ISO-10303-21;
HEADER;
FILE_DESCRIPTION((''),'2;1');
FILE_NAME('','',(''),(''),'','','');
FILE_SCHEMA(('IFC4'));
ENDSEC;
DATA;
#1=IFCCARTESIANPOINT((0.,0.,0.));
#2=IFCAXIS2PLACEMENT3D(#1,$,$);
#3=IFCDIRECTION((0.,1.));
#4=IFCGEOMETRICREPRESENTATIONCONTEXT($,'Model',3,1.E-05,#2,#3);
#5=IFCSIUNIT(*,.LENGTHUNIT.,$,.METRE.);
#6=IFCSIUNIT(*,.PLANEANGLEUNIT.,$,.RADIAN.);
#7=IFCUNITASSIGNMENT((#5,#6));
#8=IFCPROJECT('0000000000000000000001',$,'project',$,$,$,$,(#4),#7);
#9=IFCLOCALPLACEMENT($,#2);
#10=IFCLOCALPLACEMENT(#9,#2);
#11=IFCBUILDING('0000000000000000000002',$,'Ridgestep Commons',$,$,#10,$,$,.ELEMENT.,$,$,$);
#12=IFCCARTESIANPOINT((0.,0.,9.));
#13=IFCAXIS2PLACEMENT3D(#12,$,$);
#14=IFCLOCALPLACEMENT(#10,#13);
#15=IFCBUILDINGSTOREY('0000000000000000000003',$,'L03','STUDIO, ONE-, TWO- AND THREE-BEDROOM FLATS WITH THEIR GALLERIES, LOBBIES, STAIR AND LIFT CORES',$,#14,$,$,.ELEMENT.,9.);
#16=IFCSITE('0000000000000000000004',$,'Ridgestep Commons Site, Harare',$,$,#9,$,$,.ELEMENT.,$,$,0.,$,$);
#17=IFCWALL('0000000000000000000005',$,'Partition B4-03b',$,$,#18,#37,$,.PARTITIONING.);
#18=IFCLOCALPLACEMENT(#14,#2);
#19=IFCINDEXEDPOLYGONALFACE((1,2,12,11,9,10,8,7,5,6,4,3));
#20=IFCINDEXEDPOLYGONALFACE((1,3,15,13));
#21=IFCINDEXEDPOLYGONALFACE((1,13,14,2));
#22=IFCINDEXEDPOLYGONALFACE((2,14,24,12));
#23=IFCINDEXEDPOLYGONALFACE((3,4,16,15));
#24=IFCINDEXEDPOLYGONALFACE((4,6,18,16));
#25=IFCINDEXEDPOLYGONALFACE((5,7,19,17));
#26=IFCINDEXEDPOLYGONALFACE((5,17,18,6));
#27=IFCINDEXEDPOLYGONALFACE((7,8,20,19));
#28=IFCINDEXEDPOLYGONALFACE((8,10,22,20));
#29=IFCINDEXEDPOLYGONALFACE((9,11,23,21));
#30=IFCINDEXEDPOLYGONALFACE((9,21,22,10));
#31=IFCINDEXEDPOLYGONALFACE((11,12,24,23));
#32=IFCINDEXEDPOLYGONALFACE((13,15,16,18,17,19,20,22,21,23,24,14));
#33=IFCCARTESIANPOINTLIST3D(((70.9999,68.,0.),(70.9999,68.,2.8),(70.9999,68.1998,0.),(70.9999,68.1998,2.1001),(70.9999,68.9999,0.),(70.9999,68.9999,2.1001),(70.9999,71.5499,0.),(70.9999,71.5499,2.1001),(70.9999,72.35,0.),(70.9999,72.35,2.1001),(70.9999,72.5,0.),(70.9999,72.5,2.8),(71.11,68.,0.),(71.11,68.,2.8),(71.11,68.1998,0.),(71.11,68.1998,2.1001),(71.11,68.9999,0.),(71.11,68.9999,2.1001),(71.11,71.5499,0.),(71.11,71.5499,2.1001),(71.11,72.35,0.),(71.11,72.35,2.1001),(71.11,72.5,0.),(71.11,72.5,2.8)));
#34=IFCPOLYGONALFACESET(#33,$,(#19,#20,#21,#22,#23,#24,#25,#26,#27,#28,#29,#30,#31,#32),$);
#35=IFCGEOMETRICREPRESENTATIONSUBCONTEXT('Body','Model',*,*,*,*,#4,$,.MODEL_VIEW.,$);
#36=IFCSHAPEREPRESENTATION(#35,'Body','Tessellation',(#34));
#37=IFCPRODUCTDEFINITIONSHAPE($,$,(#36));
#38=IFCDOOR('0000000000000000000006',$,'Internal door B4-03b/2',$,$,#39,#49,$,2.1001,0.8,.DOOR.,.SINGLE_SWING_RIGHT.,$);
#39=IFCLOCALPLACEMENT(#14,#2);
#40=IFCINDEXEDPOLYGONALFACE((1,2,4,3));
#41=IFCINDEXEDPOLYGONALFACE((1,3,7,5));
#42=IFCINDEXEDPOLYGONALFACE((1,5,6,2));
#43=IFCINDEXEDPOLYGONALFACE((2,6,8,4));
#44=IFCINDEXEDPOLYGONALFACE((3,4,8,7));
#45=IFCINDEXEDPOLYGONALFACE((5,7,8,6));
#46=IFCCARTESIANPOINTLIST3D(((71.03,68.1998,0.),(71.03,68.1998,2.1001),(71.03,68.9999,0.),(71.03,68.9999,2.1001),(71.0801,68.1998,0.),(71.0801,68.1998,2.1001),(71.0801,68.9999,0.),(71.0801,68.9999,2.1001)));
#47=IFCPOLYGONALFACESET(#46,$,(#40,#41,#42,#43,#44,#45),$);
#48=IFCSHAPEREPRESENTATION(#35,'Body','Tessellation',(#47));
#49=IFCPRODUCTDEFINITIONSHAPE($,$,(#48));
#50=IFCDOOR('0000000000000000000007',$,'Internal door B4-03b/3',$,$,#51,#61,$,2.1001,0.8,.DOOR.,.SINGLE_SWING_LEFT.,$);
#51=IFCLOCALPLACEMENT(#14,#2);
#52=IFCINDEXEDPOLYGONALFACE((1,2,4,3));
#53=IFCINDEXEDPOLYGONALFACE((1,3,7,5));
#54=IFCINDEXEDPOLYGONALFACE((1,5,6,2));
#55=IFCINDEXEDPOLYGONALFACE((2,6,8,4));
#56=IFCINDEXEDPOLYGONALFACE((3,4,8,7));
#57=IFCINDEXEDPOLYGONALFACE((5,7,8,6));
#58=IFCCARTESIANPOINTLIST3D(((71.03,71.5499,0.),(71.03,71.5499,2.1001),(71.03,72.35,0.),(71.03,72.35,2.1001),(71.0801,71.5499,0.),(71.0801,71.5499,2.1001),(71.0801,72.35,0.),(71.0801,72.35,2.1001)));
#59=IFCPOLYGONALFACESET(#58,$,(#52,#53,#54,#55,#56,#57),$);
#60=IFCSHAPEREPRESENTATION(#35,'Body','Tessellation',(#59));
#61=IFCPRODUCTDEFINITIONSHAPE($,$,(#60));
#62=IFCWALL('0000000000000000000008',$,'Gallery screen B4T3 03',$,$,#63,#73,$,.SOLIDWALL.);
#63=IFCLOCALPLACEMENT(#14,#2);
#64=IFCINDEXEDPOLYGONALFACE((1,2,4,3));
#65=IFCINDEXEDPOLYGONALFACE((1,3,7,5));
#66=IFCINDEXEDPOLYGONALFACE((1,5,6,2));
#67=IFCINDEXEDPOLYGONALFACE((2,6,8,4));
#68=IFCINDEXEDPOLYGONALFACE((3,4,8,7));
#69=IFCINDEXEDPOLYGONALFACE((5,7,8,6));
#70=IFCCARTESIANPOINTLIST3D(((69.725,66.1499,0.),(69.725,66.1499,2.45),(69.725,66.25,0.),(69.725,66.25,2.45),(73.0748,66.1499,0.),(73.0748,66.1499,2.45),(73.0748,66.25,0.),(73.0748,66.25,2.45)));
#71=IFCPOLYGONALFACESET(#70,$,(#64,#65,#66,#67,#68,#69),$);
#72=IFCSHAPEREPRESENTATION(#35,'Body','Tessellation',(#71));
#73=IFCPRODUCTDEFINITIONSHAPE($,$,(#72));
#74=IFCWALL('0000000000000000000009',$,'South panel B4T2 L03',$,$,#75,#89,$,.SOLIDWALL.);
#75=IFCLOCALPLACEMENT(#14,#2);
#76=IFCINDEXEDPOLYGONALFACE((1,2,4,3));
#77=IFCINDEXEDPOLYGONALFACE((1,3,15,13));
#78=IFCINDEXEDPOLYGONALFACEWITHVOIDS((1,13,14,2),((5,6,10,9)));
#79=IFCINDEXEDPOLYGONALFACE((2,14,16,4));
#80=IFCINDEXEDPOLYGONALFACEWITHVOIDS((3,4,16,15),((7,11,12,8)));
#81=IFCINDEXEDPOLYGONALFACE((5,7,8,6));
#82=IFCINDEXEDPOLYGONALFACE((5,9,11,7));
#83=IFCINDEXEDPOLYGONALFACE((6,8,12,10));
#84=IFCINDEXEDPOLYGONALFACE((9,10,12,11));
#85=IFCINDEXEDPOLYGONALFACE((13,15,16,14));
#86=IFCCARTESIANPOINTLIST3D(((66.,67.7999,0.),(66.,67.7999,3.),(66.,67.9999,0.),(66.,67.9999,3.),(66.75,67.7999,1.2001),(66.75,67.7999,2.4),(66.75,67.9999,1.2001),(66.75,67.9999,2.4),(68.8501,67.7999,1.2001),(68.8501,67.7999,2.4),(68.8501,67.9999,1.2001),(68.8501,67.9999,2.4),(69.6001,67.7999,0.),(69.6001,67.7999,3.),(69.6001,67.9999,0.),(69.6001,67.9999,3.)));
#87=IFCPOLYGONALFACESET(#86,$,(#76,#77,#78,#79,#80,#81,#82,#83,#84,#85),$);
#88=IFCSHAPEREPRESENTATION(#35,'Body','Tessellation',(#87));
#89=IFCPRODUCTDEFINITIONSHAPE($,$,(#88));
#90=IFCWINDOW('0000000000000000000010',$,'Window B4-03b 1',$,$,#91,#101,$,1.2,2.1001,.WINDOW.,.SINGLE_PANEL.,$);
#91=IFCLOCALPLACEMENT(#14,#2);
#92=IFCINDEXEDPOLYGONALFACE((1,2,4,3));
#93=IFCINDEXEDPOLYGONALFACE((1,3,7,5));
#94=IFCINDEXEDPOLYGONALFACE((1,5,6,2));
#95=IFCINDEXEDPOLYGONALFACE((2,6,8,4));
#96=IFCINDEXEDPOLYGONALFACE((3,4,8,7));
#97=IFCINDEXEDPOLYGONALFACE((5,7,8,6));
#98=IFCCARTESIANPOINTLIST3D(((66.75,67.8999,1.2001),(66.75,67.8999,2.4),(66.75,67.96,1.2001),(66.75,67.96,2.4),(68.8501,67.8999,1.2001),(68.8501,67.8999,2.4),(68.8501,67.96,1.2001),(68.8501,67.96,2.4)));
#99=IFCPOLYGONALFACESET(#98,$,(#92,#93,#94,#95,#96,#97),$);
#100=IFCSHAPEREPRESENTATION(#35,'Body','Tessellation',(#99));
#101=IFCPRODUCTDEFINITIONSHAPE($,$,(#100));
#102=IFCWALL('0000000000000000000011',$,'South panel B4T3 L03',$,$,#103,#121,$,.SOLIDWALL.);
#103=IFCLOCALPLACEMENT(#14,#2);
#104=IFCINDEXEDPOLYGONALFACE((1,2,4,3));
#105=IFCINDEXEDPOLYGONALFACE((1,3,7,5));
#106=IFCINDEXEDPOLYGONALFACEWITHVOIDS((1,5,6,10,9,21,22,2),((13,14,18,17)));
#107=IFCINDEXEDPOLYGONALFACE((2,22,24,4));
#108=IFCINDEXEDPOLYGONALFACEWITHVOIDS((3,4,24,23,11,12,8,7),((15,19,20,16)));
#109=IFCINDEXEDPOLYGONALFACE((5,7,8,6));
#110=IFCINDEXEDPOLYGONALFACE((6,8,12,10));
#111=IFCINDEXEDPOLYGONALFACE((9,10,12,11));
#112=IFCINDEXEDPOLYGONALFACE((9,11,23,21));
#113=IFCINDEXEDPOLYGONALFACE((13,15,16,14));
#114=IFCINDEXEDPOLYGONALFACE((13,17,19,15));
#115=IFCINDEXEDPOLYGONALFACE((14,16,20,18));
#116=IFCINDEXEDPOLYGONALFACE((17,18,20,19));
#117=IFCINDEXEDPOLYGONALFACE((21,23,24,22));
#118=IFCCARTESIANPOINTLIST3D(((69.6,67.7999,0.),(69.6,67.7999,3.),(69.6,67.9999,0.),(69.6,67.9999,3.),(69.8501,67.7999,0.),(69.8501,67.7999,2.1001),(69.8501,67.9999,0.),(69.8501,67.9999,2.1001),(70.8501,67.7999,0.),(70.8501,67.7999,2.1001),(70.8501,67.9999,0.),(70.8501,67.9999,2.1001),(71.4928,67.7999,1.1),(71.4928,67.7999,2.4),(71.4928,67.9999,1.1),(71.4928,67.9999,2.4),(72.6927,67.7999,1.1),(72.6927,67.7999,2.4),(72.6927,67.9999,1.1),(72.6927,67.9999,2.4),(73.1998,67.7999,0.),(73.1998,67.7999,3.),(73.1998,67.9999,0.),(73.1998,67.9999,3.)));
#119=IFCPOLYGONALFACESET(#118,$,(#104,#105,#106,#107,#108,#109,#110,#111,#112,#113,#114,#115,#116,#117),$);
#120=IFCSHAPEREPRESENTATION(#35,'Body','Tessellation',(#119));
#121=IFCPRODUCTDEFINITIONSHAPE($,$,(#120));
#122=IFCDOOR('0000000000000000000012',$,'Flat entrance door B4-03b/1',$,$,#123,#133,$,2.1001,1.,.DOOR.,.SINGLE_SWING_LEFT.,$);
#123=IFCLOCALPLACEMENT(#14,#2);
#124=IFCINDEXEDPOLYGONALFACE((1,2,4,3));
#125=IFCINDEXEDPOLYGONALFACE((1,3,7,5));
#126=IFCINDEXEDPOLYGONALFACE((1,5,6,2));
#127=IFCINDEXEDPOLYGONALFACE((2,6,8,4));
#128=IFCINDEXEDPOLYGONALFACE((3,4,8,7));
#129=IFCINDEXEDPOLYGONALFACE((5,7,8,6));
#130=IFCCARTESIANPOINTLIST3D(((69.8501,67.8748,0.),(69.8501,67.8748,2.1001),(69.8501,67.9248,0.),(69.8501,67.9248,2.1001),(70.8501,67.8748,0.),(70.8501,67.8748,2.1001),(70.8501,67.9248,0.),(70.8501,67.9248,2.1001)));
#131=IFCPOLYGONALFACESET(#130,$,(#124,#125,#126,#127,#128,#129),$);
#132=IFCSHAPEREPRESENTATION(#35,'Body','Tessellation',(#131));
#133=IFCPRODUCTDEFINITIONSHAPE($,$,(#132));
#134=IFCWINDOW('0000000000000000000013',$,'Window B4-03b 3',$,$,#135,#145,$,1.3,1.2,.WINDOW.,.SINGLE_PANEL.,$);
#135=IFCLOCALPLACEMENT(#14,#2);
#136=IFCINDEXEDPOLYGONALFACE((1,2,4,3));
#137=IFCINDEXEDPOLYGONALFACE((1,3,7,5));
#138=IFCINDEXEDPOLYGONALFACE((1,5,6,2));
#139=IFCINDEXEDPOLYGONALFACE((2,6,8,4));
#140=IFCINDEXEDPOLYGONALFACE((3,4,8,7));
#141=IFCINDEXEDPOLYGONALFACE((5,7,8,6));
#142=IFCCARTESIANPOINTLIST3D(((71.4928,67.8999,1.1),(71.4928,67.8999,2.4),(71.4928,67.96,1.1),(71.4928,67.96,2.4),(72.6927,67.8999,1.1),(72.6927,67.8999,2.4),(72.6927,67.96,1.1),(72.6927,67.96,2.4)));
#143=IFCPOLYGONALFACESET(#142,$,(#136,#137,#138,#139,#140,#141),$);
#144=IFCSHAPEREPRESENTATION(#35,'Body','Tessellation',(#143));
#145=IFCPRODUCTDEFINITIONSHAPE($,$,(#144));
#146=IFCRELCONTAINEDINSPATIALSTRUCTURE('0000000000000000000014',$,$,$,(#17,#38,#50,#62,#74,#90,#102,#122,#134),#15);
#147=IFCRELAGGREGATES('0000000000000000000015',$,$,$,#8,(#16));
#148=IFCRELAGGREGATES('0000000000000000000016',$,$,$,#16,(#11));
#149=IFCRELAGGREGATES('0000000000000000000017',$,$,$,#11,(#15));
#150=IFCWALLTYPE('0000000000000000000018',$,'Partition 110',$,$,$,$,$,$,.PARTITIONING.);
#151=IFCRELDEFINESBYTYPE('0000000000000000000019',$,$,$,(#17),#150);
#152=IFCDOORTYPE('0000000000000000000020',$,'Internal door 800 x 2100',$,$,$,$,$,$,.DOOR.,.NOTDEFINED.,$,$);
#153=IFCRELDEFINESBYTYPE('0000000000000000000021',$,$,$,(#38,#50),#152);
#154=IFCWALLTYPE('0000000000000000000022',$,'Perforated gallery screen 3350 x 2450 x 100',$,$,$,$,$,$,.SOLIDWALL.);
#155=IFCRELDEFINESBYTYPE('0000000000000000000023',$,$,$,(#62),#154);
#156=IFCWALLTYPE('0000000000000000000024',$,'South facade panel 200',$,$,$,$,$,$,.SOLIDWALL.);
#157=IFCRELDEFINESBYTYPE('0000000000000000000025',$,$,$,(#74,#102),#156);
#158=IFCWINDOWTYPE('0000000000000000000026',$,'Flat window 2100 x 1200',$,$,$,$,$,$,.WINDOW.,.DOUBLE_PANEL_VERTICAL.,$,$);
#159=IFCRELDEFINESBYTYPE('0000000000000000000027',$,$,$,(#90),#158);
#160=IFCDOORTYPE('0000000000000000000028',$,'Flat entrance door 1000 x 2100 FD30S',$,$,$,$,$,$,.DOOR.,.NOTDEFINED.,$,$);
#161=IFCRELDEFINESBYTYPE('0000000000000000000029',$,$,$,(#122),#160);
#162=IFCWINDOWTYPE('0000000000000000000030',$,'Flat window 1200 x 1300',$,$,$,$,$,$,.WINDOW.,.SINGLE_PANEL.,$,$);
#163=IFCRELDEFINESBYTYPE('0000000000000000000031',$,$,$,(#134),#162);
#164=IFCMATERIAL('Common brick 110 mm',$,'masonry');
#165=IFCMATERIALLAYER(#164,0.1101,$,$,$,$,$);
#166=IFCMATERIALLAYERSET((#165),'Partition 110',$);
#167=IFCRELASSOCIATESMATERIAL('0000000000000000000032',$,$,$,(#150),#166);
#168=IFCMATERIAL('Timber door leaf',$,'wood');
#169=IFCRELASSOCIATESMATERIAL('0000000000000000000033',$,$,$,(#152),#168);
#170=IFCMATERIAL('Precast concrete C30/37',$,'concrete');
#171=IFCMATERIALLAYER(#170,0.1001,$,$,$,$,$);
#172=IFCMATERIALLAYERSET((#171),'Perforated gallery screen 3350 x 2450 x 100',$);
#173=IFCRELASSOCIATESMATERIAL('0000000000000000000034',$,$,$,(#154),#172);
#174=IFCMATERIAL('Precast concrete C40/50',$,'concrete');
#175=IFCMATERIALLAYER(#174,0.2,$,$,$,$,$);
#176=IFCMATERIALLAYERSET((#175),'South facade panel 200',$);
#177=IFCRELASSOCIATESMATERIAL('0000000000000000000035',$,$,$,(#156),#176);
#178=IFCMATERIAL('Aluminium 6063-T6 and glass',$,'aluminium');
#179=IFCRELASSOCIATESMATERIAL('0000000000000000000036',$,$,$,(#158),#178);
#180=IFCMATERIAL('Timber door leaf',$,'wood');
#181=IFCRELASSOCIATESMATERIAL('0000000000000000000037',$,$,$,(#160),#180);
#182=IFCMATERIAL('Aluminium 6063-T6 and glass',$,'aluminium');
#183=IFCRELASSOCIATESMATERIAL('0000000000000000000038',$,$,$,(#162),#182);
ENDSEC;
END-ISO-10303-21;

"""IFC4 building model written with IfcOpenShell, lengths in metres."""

from ifc_helpers import new_model, si_unit, direction, frame, frame_2d, origin, place, context, subcontext, project, spatial, rectangle, extrude, material, layer, layer_set, type_object, element, fill, save


model = new_model("IFC4")

# Units and contexts
model_context = context("Model", 3, precision=1e-05, world=origin(), true_north=direction((0.0, 1.0)))
body_context = subcontext(model_context, "Body", "Model", "MODEL_VIEW")
ifc_project = project(units=[si_unit("LENGTHUNIT", "METRE"), si_unit("PLANEANGLEUNIT", "RADIAN")], contexts=[model_context])

# Site, building, storey
site_placement = place(None, origin())
site = spatial("IfcSite", under=ifc_project, at=site_placement, Name="Ridgestep Commons Site, Harare", CompositionType="ELEMENT", RefElevation=0.0)
building_placement = place(site_placement, origin())
building = spatial("IfcBuilding", under=site, at=building_placement, Name="Ridgestep Commons", CompositionType="ELEMENT")
storey_placement = place(building_placement, frame((0.0, 0.0, 9.0)))
storey = spatial("IfcBuildingStorey", under=building, at=storey_placement, Name="L03", Description="STUDIO, ONE-, TWO- AND THREE-BEDROOM FLATS WITH THEIR GALLERIES, LOBBIES, STAIR AND LIFT CORES", CompositionType="ELEMENT", Elevation=9.0)

# Wall, openings, doors
ifc_material_1 = material(Name="Common brick 110 mm", Category="masonry")
ifc_layer_1 = layer(ifc_material_1, 0.1101)
ifc_layer_set_1 = layer_set([ifc_layer_1], Name="Partition 110")
wall_type_1 = type_object("IfcWallType", Name="Partition 110", PredefinedType="PARTITIONING", material=ifc_layer_set_1)
wall_1_placement = place(storey_placement, frame((71.0549, 68.0, 0.0), z_axis=(0.0, 0.0, 1.0), x_axis=(0.0, 1.0, 0.0)))
wall_1 = element("IfcWall", 1, at=wall_1_placement, inside=storey, type_object=wall_type_1, Name="Partition B4-03b", PredefinedType="PARTITIONING", context=body_context, shape_type="SweptSolid", body=[
    extrude(rectangle(XDim=4.5, YDim=0.1101, at=frame_2d((2.25, 0.0))), origin(), (0.0, 0.0, 1.0), 2.8),
])
opening_1_placement = place(wall_1_placement, frame((0.2, 0.0, 0.0)))
opening_1 = element("IfcOpeningElement", 2, at=opening_1_placement, cuts=wall_1, PredefinedType="OPENING", context=body_context, shape_type="SweptSolid", body=[
    extrude(rectangle(XDim=0.8, YDim=2.1001, at=frame_2d((0.3999, 1.05))), frame((0.0, 0.0649, 0.0), z_axis=(0.0, -1.0, 0.0), x_axis=(1.0, 0.0, 0.0)), (0.0, 0.0, 1.0), 0.1301),
])
opening_2_placement = place(wall_1_placement, frame((3.55, 0.0, 0.0)))
opening_2 = element("IfcOpeningElement", 3, at=opening_2_placement, cuts=wall_1, PredefinedType="OPENING", context=body_context, shape_type="SweptSolid", body=[
    extrude(rectangle(XDim=0.8, YDim=2.1001, at=frame_2d((0.3999, 1.05))), frame((0.0, 0.0649, 0.0), z_axis=(0.0, -1.0, 0.0), x_axis=(1.0, 0.0, 0.0)), (0.0, 0.0, 1.0), 0.1301),
])
ifc_material_2 = material(Name="Timber door leaf", Category="wood")
door_type_1 = type_object("IfcDoorType", Name="Internal door 800 x 2100", OperationType="NOTDEFINED", PredefinedType="DOOR", material=ifc_material_2)
door_1_placement = place(opening_1_placement, origin())
door_1 = element("IfcDoor", 4, at=door_1_placement, inside=storey, type_object=door_type_1, Name="Internal door B4-03b/2", OperationType="SINGLE_SWING_RIGHT", OverallHeight=2.1001, OverallWidth=0.8, PredefinedType="DOOR", context=body_context, shape_type="SweptSolid", body=[
    extrude(rectangle(XDim=0.8, YDim=2.1001, at=frame_2d((0.3999, 1.05))), frame((0.0, 0.0249, 0.0), z_axis=(0.0, -1.0, 0.0), x_axis=(1.0, 0.0, 0.0)), (0.0, 0.0, 1.0), 0.05),
])
fill(opening_1, door_1)
door_2_placement = place(opening_2_placement, origin())
door_2 = element("IfcDoor", 5, at=door_2_placement, inside=storey, type_object=door_type_1, Name="Internal door B4-03b/3", OperationType="SINGLE_SWING_LEFT", OverallHeight=2.1001, OverallWidth=0.8, PredefinedType="DOOR", context=body_context, shape_type="SweptSolid", body=[
    extrude(rectangle(XDim=0.8, YDim=2.1001, at=frame_2d((0.3999, 1.05))), frame((0.0, 0.0249, 0.0), z_axis=(0.0, -1.0, 0.0), x_axis=(1.0, 0.0, 0.0)), (0.0, 0.0, 1.0), 0.05),
])
fill(opening_2, door_2)

# Wall
ifc_material_3 = material(Name="Precast concrete C30/37", Category="concrete")
ifc_layer_2 = layer(ifc_material_3, 0.1001)
ifc_layer_set_2 = layer_set([ifc_layer_2], Name="Perforated gallery screen 3350 x 2450 x 100")
wall_type_2 = type_object("IfcWallType", Name="Perforated gallery screen 3350 x 2450 x 100", PredefinedType="SOLIDWALL", material=ifc_layer_set_2)
wall_2_placement = place(storey_placement, frame((69.7251, 66.2, 0.0), z_axis=(0.0, 0.0, 1.0), x_axis=(1.0, 0.0, 0.0)))
element("IfcWall", 6, at=wall_2_placement, inside=storey, type_object=wall_type_2, Name="Gallery screen B4T3 03", PredefinedType="SOLIDWALL", context=body_context, shape_type="SweptSolid", body=[
    extrude(rectangle(XDim=3.3499, YDim=0.1001, at=frame_2d((1.6748, 0.0))), origin(), (0.0, 0.0, 1.0), 2.45),
])

# Wall, opening, window
ifc_material_4 = material(Name="Precast concrete C40/50", Category="concrete")
ifc_layer_3 = layer(ifc_material_4, 0.2)
ifc_layer_set_3 = layer_set([ifc_layer_3], Name="South facade panel 200")
wall_type_3 = type_object("IfcWallType", Name="South facade panel 200", PredefinedType="SOLIDWALL", material=ifc_layer_set_3)
wall_3_placement = place(storey_placement, frame((66.0, 67.8999, 0.0), z_axis=(0.0, 0.0, 1.0), x_axis=(1.0, 0.0, 0.0)))
wall_3 = element("IfcWall", 7, at=wall_3_placement, inside=storey, type_object=wall_type_3, Name="South panel B4T2 L03", PredefinedType="SOLIDWALL", context=body_context, shape_type="SweptSolid", body=[
    extrude(rectangle(XDim=3.6001, YDim=0.2, at=frame_2d((1.8, 0.0))), origin(), (0.0, 0.0, 1.0), 3.0),
])
opening_3_placement = place(wall_3_placement, frame((0.75, 0.0, 1.2)))
opening_3 = element("IfcOpeningElement", 8, at=opening_3_placement, cuts=wall_3, PredefinedType="OPENING", context=body_context, shape_type="SweptSolid", body=[
    extrude(rectangle(XDim=2.1001, YDim=1.2, at=frame_2d((1.05, 0.6001))), frame((0.0, 0.1099, 0.0), z_axis=(0.0, -1.0, 0.0), x_axis=(1.0, 0.0, 0.0)), (0.0, 0.0, 1.0), 0.22),
])
ifc_material_5 = material(Name="Aluminium 6063-T6 and glass", Category="aluminium")
window_type_1 = type_object("IfcWindowType", Name="Flat window 2100 x 1200", PartitioningType="DOUBLE_PANEL_VERTICAL", PredefinedType="WINDOW", material=ifc_material_5)
window_1_placement = place(opening_3_placement, origin())
window_1 = element("IfcWindow", 9, at=window_1_placement, inside=storey, type_object=window_type_1, Name="Window B4-03b 1", OverallHeight=1.2, OverallWidth=2.1001, PartitioningType="SINGLE_PANEL", PredefinedType="WINDOW", context=body_context, shape_type="SweptSolid", body=[
    extrude(rectangle(XDim=2.1001, YDim=1.2, at=frame_2d((1.05, 0.6001))), frame((0.0, 0.0601, 0.0), z_axis=(0.0, -1.0, 0.0), x_axis=(1.0, 0.0, 0.0)), (0.0, 0.0, 1.0), 0.0601),
])
fill(opening_3, window_1)

# Wall, openings, door, window
wall_4_placement = place(storey_placement, frame((69.6001, 67.8999, 0.0), z_axis=(0.0, 0.0, 1.0), x_axis=(1.0, 0.0, 0.0)))
wall_4 = element("IfcWall", 10, at=wall_4_placement, inside=storey, type_object=wall_type_3, Name="South panel B4T3 L03", PredefinedType="SOLIDWALL", context=body_context, shape_type="SweptSolid", body=[
    extrude(rectangle(XDim=3.5999, YDim=0.2, at=frame_2d((1.7998, 0.0))), origin(), (0.0, 0.0, 1.0), 3.0),
])
opening_4_placement = place(wall_4_placement, frame((1.8926, 0.0, 1.1001)))
opening_4 = element("IfcOpeningElement", 11, at=opening_4_placement, cuts=wall_4, PredefinedType="OPENING", context=body_context, shape_type="SweptSolid", body=[
    extrude(rectangle(XDim=1.2, YDim=1.3, at=frame_2d((0.6001, 0.6499))), frame((0.0, 0.1099, 0.0), z_axis=(0.0, -1.0, 0.0), x_axis=(1.0, 0.0, 0.0)), (0.0, 0.0, 1.0), 0.22),
])
opening_5_placement = place(wall_4_placement, frame((0.25, 0.0, 0.0)))
opening_5 = element("IfcOpeningElement", 12, at=opening_5_placement, cuts=wall_4, PredefinedType="OPENING", context=body_context, shape_type="SweptSolid", body=[
    extrude(rectangle(XDim=1.0, YDim=2.1001, at=frame_2d((0.5, 1.05))), frame((0.0, 0.1099, 0.0), z_axis=(0.0, -1.0, 0.0), x_axis=(1.0, 0.0, 0.0)), (0.0, 0.0, 1.0), 0.22),
])
ifc_material_6 = material(Name="Timber door leaf", Category="wood")
door_type_2 = type_object("IfcDoorType", Name="Flat entrance door 1000 x 2100 FD30S", OperationType="NOTDEFINED", PredefinedType="DOOR", material=ifc_material_6)
door_3_placement = place(opening_5_placement, origin())
door_3 = element("IfcDoor", 13, at=door_3_placement, inside=storey, type_object=door_type_2, Name="Flat entrance door B4-03b/1", OperationType="SINGLE_SWING_LEFT", OverallHeight=2.1001, OverallWidth=1.0, PredefinedType="DOOR", context=body_context, shape_type="SweptSolid", body=[
    extrude(rectangle(XDim=1.0, YDim=2.1001, at=frame_2d((0.5, 1.05))), frame((0.0, 0.0249, 0.0), z_axis=(0.0, -1.0, 0.0), x_axis=(1.0, 0.0, 0.0)), (0.0, 0.0, 1.0), 0.05),
])
fill(opening_5, door_3)
ifc_material_7 = material(Name="Aluminium 6063-T6 and glass", Category="aluminium")
window_type_2 = type_object("IfcWindowType", Name="Flat window 1200 x 1300", PartitioningType="SINGLE_PANEL", PredefinedType="WINDOW", material=ifc_material_7)
window_2_placement = place(opening_4_placement, origin())
window_2 = element("IfcWindow", 14, at=window_2_placement, inside=storey, type_object=window_type_2, Name="Window B4-03b 3", OverallHeight=1.3, OverallWidth=1.2, PartitioningType="SINGLE_PANEL", PredefinedType="WINDOW", context=body_context, shape_type="SweptSolid", body=[
    extrude(rectangle(XDim=1.2, YDim=1.3, at=frame_2d((0.6001, 0.6499))), frame((0.0, 0.0601, 0.0), z_axis=(0.0, -1.0, 0.0), x_axis=(1.0, 0.0, 0.0)), (0.0, 0.0, 1.0), 0.0601),
])
fill(opening_4, window_2)

save(model, "model.ifc")
